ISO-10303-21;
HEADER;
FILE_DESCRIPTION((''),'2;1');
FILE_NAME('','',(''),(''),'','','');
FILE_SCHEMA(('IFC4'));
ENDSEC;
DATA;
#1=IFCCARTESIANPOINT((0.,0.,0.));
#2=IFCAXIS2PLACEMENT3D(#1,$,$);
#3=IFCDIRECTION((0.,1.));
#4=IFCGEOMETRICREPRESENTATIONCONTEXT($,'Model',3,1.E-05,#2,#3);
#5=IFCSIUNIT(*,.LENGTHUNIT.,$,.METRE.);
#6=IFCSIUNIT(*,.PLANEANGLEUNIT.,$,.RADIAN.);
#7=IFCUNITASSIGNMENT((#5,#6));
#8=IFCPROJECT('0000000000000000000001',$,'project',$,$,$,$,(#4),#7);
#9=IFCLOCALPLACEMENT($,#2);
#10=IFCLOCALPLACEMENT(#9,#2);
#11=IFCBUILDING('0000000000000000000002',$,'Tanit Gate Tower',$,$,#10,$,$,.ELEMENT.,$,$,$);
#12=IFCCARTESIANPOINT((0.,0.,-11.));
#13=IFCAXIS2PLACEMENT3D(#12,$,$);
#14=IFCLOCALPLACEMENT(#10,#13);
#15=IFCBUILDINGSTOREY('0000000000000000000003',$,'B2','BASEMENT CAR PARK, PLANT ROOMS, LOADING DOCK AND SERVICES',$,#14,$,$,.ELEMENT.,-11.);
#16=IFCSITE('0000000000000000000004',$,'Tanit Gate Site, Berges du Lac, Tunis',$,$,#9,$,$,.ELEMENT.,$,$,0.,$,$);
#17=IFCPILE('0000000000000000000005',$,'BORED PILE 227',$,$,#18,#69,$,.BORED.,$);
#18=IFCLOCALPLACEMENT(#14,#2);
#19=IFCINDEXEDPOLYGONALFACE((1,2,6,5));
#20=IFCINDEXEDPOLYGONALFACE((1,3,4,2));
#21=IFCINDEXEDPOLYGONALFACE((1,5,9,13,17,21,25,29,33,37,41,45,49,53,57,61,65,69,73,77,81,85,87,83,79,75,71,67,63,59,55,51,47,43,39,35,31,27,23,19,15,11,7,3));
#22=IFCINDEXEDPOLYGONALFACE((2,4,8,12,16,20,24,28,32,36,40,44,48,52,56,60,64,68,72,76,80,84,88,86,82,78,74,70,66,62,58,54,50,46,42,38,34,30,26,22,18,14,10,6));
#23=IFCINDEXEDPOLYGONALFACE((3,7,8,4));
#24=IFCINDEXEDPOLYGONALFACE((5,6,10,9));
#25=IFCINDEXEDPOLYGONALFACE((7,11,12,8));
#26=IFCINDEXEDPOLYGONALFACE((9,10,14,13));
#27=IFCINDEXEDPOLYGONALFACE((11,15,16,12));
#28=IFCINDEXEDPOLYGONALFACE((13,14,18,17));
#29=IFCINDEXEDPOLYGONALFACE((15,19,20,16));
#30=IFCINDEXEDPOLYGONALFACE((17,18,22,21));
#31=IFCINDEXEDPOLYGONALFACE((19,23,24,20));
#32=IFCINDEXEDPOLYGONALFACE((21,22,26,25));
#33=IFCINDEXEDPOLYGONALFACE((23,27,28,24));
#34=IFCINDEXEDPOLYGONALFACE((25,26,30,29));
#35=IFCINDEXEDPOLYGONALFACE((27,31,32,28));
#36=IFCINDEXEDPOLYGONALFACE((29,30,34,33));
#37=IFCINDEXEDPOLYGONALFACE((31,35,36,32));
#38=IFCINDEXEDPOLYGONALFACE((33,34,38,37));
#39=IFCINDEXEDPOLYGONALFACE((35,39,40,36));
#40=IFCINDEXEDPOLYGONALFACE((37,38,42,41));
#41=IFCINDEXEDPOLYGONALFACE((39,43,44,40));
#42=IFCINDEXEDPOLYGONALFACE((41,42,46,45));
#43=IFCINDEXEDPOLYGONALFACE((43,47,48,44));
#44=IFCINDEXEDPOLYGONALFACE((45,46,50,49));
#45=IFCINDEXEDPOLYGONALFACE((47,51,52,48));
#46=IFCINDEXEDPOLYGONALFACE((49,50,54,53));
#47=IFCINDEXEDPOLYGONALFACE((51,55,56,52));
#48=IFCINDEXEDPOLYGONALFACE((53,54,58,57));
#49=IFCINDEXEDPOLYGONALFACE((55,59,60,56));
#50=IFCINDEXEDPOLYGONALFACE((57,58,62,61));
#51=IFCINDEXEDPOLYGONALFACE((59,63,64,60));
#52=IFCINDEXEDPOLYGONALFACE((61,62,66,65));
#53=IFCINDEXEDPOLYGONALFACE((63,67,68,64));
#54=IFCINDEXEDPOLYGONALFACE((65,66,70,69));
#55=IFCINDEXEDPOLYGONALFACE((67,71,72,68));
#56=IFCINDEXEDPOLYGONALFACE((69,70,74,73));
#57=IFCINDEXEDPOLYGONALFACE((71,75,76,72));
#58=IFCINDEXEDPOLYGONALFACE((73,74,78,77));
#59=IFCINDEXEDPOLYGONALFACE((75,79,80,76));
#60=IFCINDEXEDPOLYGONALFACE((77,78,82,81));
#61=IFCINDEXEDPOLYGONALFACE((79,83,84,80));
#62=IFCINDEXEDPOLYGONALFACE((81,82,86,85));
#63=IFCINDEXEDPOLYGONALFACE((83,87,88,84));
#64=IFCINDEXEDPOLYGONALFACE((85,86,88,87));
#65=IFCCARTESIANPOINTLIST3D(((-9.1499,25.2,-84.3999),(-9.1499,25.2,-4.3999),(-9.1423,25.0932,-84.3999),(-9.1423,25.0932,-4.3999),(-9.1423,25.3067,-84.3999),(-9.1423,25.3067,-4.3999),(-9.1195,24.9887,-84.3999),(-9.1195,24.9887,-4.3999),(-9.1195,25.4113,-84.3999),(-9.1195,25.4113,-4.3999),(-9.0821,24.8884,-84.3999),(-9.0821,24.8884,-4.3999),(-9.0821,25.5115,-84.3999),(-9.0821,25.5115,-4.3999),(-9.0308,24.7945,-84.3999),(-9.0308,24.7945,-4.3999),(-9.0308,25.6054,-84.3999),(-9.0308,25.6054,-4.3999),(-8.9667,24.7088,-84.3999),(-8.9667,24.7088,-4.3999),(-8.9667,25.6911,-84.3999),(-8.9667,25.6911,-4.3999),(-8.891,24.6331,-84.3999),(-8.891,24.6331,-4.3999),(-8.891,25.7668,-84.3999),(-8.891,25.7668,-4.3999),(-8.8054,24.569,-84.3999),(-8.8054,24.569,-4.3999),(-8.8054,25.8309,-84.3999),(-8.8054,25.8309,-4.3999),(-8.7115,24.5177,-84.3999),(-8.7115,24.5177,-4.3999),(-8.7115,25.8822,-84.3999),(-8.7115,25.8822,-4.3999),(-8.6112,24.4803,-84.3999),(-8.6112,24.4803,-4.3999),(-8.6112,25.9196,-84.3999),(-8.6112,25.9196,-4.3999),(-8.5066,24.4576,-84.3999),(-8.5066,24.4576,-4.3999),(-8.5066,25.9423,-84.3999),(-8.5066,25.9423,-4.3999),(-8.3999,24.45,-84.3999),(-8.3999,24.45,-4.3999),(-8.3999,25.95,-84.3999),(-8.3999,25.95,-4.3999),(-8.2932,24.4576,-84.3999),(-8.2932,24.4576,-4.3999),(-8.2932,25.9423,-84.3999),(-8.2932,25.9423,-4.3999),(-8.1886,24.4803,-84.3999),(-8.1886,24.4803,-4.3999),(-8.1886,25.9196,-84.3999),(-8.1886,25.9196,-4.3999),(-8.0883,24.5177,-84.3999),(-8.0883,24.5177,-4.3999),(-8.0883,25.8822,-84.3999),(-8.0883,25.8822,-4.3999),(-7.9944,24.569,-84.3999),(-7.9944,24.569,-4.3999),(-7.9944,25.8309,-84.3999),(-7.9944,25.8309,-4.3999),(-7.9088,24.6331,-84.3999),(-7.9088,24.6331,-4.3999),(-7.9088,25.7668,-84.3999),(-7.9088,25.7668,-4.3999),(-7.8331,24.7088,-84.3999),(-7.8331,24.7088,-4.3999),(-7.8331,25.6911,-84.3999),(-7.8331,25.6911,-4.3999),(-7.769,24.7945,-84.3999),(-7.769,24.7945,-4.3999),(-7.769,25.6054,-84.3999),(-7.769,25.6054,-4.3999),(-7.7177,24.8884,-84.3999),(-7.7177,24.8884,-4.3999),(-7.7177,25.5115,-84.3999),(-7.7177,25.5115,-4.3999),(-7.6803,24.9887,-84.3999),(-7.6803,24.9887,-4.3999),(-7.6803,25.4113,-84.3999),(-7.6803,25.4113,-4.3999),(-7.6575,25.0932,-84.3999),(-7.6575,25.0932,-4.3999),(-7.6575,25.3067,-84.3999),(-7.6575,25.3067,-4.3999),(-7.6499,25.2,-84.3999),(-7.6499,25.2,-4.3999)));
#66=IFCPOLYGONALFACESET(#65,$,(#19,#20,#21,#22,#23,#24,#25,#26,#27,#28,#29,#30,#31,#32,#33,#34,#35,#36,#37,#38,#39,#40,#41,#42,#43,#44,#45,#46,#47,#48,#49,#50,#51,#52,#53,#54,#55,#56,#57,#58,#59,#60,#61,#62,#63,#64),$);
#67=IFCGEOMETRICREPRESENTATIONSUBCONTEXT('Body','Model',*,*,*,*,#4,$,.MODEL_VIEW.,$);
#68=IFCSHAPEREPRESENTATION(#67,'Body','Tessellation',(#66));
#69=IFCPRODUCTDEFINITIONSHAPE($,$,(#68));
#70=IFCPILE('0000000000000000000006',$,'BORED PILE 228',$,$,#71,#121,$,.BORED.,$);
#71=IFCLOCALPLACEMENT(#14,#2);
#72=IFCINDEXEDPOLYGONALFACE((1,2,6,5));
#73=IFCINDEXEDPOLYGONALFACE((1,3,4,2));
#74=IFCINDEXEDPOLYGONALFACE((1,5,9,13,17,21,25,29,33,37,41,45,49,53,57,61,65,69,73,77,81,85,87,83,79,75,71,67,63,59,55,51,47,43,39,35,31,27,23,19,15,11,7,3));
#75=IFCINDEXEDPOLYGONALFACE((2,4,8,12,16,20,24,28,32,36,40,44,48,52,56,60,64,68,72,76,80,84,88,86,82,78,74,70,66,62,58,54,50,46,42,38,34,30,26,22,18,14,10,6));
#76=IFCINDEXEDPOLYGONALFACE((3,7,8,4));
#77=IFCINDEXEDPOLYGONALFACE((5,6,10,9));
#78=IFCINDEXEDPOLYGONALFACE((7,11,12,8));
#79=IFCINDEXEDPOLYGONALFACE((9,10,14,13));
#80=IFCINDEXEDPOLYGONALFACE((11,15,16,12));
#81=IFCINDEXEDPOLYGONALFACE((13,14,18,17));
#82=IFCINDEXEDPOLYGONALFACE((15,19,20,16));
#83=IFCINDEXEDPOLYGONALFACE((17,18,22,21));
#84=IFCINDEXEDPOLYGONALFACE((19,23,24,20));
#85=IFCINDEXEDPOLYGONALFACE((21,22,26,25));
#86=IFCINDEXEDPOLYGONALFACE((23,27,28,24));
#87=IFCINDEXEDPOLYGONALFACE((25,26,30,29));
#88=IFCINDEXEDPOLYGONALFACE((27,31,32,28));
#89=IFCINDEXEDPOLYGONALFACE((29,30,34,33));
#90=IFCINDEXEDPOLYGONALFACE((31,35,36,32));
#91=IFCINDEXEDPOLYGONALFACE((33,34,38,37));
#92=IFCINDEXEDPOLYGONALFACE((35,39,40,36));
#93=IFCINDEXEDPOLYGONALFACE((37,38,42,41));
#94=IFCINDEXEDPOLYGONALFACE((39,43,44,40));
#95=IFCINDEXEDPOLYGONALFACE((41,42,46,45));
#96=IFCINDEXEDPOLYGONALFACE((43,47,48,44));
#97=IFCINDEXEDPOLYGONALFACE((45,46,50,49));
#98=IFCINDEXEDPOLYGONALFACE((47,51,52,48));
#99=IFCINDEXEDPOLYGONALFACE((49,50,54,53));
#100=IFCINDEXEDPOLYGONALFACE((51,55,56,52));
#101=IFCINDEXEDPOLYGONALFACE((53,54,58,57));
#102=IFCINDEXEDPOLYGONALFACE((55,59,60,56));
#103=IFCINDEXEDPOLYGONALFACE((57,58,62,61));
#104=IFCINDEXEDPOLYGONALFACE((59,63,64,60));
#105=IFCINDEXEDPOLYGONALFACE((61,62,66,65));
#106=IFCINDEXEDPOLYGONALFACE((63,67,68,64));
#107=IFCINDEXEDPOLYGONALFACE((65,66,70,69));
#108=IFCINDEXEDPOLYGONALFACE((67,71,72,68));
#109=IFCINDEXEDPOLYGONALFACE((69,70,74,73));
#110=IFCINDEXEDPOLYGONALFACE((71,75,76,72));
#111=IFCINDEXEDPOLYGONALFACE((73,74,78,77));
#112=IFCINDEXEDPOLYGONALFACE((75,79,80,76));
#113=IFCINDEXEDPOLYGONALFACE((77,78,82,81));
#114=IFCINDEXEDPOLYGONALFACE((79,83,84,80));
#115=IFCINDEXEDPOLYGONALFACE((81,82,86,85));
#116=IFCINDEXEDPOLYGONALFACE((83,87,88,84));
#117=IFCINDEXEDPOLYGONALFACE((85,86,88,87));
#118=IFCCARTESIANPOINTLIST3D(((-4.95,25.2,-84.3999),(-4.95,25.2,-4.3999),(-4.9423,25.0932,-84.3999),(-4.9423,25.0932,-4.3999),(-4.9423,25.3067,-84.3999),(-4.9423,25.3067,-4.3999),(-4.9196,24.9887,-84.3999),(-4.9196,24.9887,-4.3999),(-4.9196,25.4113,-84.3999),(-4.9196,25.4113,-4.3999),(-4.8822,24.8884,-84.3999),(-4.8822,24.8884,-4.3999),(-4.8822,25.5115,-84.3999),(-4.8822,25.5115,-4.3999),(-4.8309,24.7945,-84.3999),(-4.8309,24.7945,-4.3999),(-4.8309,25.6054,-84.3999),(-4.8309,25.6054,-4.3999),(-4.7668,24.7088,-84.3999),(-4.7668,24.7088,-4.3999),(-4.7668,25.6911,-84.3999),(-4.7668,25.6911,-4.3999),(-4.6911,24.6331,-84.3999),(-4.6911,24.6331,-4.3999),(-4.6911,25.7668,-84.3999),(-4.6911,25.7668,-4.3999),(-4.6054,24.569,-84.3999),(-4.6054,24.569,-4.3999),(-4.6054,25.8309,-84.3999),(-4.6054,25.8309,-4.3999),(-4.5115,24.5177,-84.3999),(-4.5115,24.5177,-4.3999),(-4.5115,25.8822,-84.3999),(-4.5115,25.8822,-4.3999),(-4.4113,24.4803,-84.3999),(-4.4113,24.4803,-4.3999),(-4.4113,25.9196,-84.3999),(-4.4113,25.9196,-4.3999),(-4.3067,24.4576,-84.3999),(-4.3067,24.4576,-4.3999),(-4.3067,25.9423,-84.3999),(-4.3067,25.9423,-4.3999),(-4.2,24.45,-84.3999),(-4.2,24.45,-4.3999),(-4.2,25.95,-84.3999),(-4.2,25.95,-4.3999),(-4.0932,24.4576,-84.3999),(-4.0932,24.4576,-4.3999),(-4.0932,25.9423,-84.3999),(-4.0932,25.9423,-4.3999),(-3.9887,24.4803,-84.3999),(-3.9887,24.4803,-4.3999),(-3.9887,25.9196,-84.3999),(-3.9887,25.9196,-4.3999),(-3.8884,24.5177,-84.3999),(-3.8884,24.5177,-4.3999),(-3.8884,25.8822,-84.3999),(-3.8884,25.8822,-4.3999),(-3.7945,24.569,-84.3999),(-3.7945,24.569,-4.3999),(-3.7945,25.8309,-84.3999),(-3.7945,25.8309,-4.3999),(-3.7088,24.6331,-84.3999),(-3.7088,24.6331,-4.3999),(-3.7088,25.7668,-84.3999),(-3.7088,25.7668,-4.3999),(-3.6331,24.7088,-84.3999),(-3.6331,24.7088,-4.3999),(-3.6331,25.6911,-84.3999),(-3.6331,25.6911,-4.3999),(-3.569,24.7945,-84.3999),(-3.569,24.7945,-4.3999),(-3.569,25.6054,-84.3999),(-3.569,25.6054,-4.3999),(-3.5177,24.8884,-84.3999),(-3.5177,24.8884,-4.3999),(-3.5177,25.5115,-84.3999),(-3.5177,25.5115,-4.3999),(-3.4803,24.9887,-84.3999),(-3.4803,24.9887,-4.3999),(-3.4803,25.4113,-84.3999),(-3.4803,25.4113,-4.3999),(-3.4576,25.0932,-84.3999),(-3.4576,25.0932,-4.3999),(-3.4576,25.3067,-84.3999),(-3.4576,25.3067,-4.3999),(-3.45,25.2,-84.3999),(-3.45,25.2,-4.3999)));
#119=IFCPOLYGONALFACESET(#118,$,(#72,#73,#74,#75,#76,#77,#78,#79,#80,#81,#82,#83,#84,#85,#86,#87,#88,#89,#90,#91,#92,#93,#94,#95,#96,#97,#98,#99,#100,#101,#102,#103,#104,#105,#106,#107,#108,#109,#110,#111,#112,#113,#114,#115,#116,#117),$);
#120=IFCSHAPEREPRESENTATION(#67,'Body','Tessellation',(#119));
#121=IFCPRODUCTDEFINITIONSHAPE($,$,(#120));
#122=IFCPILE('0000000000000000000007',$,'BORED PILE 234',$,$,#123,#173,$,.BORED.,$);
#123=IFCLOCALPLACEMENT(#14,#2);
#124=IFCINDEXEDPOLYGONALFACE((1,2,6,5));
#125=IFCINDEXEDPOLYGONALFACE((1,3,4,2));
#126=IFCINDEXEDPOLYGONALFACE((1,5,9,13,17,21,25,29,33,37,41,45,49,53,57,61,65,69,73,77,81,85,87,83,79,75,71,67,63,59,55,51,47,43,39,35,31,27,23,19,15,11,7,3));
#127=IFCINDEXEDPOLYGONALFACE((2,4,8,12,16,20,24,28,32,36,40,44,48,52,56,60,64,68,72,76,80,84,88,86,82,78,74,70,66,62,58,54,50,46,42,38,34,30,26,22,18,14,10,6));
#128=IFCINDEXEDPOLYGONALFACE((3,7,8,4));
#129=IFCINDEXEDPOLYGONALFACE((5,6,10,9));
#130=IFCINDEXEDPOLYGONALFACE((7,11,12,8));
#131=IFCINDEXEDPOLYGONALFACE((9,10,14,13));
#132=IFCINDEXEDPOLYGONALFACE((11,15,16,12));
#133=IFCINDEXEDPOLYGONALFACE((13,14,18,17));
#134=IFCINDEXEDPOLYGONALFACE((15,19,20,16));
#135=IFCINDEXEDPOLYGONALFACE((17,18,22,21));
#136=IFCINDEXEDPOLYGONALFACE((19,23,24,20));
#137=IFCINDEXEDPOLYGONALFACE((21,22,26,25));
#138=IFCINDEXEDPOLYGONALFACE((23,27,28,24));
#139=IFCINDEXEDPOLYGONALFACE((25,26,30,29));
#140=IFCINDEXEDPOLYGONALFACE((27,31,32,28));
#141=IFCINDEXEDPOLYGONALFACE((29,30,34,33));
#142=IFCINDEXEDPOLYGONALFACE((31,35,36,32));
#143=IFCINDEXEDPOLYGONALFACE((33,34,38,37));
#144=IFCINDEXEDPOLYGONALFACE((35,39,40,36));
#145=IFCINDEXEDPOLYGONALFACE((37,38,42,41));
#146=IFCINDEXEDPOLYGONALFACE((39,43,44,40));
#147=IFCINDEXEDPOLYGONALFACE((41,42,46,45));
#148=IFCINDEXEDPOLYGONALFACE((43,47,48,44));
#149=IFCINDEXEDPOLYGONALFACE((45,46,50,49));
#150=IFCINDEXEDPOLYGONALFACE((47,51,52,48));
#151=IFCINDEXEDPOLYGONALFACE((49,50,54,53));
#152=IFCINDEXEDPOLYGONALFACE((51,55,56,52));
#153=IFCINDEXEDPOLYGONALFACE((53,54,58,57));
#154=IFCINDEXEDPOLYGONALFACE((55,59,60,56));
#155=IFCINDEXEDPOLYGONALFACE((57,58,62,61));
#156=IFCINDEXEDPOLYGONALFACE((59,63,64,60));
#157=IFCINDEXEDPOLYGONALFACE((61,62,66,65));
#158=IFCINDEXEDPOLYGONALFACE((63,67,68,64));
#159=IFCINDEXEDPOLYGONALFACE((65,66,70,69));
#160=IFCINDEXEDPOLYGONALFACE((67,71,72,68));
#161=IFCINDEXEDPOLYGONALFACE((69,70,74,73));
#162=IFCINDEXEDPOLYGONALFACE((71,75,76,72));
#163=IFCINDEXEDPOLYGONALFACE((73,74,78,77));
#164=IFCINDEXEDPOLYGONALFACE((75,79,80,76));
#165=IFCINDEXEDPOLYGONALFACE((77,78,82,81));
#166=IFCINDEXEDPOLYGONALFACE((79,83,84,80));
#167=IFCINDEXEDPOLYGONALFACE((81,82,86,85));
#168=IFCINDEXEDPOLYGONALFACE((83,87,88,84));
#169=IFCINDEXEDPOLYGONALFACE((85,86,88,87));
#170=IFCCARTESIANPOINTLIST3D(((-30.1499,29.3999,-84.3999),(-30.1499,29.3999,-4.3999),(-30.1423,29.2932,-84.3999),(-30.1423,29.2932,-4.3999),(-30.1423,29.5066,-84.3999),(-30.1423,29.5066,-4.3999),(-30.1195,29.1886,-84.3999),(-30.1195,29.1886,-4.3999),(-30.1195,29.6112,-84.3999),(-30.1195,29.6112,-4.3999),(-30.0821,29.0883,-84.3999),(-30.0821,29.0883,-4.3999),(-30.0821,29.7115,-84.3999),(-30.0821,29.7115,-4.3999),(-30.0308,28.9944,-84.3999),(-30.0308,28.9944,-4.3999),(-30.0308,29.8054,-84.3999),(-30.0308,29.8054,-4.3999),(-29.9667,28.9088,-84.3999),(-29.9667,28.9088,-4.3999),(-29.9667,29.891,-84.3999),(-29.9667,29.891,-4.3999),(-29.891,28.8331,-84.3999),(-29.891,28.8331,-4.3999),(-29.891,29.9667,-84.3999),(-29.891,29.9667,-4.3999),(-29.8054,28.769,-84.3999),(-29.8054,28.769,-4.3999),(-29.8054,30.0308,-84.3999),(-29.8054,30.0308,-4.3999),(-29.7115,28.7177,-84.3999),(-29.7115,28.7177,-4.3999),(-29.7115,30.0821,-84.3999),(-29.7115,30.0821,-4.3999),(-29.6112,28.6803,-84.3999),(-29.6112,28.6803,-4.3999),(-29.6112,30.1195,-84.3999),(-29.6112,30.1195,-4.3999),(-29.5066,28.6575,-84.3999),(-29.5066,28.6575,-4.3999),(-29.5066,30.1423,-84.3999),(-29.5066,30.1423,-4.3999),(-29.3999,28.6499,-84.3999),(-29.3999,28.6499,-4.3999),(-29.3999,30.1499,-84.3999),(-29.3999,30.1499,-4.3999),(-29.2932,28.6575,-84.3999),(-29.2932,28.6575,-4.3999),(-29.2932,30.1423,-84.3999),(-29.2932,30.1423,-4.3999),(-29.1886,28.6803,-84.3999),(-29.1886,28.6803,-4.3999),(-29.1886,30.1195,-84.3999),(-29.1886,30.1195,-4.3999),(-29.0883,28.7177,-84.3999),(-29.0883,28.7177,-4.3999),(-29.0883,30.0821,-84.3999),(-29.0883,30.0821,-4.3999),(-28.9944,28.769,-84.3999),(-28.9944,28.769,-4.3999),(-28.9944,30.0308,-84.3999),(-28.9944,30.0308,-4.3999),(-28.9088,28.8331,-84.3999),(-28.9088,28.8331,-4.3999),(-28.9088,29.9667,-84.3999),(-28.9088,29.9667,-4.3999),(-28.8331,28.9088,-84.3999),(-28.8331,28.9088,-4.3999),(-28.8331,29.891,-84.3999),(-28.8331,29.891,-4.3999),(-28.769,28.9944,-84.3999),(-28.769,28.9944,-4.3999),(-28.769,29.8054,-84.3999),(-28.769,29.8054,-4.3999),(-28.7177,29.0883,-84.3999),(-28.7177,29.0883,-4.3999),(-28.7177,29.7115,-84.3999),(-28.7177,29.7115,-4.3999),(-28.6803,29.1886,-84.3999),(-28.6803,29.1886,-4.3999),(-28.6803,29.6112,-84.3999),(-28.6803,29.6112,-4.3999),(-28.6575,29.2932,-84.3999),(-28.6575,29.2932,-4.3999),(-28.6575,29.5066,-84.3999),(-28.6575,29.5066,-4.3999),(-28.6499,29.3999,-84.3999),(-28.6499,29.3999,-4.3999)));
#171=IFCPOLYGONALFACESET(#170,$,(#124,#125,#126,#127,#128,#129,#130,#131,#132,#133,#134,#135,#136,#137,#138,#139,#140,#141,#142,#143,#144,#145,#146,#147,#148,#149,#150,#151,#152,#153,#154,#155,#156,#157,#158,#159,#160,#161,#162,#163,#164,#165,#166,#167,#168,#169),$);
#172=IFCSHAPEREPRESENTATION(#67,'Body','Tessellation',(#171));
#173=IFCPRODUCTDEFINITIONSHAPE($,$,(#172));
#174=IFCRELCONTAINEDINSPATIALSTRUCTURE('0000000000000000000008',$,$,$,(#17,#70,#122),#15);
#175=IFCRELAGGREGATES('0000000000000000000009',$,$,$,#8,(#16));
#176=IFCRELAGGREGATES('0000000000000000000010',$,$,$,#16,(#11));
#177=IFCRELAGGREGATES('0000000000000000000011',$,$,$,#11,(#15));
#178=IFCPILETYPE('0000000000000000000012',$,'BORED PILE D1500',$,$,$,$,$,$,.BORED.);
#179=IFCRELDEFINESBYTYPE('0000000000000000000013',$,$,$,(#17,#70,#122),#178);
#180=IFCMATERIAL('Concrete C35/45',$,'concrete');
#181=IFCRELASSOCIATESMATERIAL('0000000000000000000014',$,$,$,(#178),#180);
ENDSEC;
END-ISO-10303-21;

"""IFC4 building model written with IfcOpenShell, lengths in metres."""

from ifc_helpers import new_model, si_unit, direction, frame, origin, origin_2d, place, context, subcontext, project, spatial, circle, extrude, material, material_profile, profile_set, type_object, element, save


model = new_model("IFC4")

# Units and contexts
model_context = context("Model", 3, precision=1e-05, world=origin(), true_north=direction((0.0, 1.0)))
body_context = subcontext(model_context, "Body", "Model", "MODEL_VIEW")
ifc_project = project(units=[si_unit("LENGTHUNIT", "METRE"), si_unit("PLANEANGLEUNIT", "RADIAN")], contexts=[model_context])

# Site, building, storey
site_placement = place(None, origin())
site = spatial("IfcSite", under=ifc_project, at=site_placement, Name="Tanit Gate Site, Berges du Lac, Tunis", CompositionType="ELEMENT", RefElevation=0.0)
building_placement = place(site_placement, origin())
building = spatial("IfcBuilding", under=site, at=building_placement, Name="Tanit Gate Tower", CompositionType="ELEMENT")
storey_placement = place(building_placement, frame((0.0, 0.0, -11.0)))
storey = spatial("IfcBuildingStorey", under=building, at=storey_placement, Name="B2", Description="BASEMENT CAR PARK, PLANT ROOMS, LOADING DOCK AND SERVICES", CompositionType="ELEMENT", Elevation=-11.0)

# Piles
ifc_material_1 = material(Name="Concrete C35/45", Category="concrete")
ifc_material_profile_1 = material_profile(ifc_material_1, circle(Radius=0.75, at=origin_2d()), Name="BORED PILE D1500 C35/45")
ifc_profile_set_1 = profile_set([ifc_material_profile_1], Name="Concrete C35/45")
pile_type = type_object("IfcPileType", Name="BORED PILE D1500", PredefinedType="BORED", material=ifc_profile_set_1)
for number, where, z_axis, x_axis, name in (
    (1, (-8.3999, 25.2, -4.3999), (0.0, 0.0, -1.0), (1.0, 0.0, 0.0), "BORED PILE 227"),
    (2, (-4.2, 25.2, -4.3999), (0.0, 0.0, -1.0), (1.0, 0.0, 0.0), "BORED PILE 228"),
    (3, (-29.3999, 29.3999, -4.3999), (0.0, 0.0, -1.0), (1.0, 0.0, 0.0), "BORED PILE 234"),
):
    element("IfcPile", number, at=place(storey_placement, frame(where, z_axis=z_axis, x_axis=x_axis)), inside=storey, type_object=pile_type, Name=name, PredefinedType="BORED", context=body_context, shape_type="SweptSolid", body=[
        extrude(circle(Radius=0.75, at=origin_2d()), origin(), (0.0, 0.0, 1.0), 80.0),
    ])

save(model, "model.ifc")
